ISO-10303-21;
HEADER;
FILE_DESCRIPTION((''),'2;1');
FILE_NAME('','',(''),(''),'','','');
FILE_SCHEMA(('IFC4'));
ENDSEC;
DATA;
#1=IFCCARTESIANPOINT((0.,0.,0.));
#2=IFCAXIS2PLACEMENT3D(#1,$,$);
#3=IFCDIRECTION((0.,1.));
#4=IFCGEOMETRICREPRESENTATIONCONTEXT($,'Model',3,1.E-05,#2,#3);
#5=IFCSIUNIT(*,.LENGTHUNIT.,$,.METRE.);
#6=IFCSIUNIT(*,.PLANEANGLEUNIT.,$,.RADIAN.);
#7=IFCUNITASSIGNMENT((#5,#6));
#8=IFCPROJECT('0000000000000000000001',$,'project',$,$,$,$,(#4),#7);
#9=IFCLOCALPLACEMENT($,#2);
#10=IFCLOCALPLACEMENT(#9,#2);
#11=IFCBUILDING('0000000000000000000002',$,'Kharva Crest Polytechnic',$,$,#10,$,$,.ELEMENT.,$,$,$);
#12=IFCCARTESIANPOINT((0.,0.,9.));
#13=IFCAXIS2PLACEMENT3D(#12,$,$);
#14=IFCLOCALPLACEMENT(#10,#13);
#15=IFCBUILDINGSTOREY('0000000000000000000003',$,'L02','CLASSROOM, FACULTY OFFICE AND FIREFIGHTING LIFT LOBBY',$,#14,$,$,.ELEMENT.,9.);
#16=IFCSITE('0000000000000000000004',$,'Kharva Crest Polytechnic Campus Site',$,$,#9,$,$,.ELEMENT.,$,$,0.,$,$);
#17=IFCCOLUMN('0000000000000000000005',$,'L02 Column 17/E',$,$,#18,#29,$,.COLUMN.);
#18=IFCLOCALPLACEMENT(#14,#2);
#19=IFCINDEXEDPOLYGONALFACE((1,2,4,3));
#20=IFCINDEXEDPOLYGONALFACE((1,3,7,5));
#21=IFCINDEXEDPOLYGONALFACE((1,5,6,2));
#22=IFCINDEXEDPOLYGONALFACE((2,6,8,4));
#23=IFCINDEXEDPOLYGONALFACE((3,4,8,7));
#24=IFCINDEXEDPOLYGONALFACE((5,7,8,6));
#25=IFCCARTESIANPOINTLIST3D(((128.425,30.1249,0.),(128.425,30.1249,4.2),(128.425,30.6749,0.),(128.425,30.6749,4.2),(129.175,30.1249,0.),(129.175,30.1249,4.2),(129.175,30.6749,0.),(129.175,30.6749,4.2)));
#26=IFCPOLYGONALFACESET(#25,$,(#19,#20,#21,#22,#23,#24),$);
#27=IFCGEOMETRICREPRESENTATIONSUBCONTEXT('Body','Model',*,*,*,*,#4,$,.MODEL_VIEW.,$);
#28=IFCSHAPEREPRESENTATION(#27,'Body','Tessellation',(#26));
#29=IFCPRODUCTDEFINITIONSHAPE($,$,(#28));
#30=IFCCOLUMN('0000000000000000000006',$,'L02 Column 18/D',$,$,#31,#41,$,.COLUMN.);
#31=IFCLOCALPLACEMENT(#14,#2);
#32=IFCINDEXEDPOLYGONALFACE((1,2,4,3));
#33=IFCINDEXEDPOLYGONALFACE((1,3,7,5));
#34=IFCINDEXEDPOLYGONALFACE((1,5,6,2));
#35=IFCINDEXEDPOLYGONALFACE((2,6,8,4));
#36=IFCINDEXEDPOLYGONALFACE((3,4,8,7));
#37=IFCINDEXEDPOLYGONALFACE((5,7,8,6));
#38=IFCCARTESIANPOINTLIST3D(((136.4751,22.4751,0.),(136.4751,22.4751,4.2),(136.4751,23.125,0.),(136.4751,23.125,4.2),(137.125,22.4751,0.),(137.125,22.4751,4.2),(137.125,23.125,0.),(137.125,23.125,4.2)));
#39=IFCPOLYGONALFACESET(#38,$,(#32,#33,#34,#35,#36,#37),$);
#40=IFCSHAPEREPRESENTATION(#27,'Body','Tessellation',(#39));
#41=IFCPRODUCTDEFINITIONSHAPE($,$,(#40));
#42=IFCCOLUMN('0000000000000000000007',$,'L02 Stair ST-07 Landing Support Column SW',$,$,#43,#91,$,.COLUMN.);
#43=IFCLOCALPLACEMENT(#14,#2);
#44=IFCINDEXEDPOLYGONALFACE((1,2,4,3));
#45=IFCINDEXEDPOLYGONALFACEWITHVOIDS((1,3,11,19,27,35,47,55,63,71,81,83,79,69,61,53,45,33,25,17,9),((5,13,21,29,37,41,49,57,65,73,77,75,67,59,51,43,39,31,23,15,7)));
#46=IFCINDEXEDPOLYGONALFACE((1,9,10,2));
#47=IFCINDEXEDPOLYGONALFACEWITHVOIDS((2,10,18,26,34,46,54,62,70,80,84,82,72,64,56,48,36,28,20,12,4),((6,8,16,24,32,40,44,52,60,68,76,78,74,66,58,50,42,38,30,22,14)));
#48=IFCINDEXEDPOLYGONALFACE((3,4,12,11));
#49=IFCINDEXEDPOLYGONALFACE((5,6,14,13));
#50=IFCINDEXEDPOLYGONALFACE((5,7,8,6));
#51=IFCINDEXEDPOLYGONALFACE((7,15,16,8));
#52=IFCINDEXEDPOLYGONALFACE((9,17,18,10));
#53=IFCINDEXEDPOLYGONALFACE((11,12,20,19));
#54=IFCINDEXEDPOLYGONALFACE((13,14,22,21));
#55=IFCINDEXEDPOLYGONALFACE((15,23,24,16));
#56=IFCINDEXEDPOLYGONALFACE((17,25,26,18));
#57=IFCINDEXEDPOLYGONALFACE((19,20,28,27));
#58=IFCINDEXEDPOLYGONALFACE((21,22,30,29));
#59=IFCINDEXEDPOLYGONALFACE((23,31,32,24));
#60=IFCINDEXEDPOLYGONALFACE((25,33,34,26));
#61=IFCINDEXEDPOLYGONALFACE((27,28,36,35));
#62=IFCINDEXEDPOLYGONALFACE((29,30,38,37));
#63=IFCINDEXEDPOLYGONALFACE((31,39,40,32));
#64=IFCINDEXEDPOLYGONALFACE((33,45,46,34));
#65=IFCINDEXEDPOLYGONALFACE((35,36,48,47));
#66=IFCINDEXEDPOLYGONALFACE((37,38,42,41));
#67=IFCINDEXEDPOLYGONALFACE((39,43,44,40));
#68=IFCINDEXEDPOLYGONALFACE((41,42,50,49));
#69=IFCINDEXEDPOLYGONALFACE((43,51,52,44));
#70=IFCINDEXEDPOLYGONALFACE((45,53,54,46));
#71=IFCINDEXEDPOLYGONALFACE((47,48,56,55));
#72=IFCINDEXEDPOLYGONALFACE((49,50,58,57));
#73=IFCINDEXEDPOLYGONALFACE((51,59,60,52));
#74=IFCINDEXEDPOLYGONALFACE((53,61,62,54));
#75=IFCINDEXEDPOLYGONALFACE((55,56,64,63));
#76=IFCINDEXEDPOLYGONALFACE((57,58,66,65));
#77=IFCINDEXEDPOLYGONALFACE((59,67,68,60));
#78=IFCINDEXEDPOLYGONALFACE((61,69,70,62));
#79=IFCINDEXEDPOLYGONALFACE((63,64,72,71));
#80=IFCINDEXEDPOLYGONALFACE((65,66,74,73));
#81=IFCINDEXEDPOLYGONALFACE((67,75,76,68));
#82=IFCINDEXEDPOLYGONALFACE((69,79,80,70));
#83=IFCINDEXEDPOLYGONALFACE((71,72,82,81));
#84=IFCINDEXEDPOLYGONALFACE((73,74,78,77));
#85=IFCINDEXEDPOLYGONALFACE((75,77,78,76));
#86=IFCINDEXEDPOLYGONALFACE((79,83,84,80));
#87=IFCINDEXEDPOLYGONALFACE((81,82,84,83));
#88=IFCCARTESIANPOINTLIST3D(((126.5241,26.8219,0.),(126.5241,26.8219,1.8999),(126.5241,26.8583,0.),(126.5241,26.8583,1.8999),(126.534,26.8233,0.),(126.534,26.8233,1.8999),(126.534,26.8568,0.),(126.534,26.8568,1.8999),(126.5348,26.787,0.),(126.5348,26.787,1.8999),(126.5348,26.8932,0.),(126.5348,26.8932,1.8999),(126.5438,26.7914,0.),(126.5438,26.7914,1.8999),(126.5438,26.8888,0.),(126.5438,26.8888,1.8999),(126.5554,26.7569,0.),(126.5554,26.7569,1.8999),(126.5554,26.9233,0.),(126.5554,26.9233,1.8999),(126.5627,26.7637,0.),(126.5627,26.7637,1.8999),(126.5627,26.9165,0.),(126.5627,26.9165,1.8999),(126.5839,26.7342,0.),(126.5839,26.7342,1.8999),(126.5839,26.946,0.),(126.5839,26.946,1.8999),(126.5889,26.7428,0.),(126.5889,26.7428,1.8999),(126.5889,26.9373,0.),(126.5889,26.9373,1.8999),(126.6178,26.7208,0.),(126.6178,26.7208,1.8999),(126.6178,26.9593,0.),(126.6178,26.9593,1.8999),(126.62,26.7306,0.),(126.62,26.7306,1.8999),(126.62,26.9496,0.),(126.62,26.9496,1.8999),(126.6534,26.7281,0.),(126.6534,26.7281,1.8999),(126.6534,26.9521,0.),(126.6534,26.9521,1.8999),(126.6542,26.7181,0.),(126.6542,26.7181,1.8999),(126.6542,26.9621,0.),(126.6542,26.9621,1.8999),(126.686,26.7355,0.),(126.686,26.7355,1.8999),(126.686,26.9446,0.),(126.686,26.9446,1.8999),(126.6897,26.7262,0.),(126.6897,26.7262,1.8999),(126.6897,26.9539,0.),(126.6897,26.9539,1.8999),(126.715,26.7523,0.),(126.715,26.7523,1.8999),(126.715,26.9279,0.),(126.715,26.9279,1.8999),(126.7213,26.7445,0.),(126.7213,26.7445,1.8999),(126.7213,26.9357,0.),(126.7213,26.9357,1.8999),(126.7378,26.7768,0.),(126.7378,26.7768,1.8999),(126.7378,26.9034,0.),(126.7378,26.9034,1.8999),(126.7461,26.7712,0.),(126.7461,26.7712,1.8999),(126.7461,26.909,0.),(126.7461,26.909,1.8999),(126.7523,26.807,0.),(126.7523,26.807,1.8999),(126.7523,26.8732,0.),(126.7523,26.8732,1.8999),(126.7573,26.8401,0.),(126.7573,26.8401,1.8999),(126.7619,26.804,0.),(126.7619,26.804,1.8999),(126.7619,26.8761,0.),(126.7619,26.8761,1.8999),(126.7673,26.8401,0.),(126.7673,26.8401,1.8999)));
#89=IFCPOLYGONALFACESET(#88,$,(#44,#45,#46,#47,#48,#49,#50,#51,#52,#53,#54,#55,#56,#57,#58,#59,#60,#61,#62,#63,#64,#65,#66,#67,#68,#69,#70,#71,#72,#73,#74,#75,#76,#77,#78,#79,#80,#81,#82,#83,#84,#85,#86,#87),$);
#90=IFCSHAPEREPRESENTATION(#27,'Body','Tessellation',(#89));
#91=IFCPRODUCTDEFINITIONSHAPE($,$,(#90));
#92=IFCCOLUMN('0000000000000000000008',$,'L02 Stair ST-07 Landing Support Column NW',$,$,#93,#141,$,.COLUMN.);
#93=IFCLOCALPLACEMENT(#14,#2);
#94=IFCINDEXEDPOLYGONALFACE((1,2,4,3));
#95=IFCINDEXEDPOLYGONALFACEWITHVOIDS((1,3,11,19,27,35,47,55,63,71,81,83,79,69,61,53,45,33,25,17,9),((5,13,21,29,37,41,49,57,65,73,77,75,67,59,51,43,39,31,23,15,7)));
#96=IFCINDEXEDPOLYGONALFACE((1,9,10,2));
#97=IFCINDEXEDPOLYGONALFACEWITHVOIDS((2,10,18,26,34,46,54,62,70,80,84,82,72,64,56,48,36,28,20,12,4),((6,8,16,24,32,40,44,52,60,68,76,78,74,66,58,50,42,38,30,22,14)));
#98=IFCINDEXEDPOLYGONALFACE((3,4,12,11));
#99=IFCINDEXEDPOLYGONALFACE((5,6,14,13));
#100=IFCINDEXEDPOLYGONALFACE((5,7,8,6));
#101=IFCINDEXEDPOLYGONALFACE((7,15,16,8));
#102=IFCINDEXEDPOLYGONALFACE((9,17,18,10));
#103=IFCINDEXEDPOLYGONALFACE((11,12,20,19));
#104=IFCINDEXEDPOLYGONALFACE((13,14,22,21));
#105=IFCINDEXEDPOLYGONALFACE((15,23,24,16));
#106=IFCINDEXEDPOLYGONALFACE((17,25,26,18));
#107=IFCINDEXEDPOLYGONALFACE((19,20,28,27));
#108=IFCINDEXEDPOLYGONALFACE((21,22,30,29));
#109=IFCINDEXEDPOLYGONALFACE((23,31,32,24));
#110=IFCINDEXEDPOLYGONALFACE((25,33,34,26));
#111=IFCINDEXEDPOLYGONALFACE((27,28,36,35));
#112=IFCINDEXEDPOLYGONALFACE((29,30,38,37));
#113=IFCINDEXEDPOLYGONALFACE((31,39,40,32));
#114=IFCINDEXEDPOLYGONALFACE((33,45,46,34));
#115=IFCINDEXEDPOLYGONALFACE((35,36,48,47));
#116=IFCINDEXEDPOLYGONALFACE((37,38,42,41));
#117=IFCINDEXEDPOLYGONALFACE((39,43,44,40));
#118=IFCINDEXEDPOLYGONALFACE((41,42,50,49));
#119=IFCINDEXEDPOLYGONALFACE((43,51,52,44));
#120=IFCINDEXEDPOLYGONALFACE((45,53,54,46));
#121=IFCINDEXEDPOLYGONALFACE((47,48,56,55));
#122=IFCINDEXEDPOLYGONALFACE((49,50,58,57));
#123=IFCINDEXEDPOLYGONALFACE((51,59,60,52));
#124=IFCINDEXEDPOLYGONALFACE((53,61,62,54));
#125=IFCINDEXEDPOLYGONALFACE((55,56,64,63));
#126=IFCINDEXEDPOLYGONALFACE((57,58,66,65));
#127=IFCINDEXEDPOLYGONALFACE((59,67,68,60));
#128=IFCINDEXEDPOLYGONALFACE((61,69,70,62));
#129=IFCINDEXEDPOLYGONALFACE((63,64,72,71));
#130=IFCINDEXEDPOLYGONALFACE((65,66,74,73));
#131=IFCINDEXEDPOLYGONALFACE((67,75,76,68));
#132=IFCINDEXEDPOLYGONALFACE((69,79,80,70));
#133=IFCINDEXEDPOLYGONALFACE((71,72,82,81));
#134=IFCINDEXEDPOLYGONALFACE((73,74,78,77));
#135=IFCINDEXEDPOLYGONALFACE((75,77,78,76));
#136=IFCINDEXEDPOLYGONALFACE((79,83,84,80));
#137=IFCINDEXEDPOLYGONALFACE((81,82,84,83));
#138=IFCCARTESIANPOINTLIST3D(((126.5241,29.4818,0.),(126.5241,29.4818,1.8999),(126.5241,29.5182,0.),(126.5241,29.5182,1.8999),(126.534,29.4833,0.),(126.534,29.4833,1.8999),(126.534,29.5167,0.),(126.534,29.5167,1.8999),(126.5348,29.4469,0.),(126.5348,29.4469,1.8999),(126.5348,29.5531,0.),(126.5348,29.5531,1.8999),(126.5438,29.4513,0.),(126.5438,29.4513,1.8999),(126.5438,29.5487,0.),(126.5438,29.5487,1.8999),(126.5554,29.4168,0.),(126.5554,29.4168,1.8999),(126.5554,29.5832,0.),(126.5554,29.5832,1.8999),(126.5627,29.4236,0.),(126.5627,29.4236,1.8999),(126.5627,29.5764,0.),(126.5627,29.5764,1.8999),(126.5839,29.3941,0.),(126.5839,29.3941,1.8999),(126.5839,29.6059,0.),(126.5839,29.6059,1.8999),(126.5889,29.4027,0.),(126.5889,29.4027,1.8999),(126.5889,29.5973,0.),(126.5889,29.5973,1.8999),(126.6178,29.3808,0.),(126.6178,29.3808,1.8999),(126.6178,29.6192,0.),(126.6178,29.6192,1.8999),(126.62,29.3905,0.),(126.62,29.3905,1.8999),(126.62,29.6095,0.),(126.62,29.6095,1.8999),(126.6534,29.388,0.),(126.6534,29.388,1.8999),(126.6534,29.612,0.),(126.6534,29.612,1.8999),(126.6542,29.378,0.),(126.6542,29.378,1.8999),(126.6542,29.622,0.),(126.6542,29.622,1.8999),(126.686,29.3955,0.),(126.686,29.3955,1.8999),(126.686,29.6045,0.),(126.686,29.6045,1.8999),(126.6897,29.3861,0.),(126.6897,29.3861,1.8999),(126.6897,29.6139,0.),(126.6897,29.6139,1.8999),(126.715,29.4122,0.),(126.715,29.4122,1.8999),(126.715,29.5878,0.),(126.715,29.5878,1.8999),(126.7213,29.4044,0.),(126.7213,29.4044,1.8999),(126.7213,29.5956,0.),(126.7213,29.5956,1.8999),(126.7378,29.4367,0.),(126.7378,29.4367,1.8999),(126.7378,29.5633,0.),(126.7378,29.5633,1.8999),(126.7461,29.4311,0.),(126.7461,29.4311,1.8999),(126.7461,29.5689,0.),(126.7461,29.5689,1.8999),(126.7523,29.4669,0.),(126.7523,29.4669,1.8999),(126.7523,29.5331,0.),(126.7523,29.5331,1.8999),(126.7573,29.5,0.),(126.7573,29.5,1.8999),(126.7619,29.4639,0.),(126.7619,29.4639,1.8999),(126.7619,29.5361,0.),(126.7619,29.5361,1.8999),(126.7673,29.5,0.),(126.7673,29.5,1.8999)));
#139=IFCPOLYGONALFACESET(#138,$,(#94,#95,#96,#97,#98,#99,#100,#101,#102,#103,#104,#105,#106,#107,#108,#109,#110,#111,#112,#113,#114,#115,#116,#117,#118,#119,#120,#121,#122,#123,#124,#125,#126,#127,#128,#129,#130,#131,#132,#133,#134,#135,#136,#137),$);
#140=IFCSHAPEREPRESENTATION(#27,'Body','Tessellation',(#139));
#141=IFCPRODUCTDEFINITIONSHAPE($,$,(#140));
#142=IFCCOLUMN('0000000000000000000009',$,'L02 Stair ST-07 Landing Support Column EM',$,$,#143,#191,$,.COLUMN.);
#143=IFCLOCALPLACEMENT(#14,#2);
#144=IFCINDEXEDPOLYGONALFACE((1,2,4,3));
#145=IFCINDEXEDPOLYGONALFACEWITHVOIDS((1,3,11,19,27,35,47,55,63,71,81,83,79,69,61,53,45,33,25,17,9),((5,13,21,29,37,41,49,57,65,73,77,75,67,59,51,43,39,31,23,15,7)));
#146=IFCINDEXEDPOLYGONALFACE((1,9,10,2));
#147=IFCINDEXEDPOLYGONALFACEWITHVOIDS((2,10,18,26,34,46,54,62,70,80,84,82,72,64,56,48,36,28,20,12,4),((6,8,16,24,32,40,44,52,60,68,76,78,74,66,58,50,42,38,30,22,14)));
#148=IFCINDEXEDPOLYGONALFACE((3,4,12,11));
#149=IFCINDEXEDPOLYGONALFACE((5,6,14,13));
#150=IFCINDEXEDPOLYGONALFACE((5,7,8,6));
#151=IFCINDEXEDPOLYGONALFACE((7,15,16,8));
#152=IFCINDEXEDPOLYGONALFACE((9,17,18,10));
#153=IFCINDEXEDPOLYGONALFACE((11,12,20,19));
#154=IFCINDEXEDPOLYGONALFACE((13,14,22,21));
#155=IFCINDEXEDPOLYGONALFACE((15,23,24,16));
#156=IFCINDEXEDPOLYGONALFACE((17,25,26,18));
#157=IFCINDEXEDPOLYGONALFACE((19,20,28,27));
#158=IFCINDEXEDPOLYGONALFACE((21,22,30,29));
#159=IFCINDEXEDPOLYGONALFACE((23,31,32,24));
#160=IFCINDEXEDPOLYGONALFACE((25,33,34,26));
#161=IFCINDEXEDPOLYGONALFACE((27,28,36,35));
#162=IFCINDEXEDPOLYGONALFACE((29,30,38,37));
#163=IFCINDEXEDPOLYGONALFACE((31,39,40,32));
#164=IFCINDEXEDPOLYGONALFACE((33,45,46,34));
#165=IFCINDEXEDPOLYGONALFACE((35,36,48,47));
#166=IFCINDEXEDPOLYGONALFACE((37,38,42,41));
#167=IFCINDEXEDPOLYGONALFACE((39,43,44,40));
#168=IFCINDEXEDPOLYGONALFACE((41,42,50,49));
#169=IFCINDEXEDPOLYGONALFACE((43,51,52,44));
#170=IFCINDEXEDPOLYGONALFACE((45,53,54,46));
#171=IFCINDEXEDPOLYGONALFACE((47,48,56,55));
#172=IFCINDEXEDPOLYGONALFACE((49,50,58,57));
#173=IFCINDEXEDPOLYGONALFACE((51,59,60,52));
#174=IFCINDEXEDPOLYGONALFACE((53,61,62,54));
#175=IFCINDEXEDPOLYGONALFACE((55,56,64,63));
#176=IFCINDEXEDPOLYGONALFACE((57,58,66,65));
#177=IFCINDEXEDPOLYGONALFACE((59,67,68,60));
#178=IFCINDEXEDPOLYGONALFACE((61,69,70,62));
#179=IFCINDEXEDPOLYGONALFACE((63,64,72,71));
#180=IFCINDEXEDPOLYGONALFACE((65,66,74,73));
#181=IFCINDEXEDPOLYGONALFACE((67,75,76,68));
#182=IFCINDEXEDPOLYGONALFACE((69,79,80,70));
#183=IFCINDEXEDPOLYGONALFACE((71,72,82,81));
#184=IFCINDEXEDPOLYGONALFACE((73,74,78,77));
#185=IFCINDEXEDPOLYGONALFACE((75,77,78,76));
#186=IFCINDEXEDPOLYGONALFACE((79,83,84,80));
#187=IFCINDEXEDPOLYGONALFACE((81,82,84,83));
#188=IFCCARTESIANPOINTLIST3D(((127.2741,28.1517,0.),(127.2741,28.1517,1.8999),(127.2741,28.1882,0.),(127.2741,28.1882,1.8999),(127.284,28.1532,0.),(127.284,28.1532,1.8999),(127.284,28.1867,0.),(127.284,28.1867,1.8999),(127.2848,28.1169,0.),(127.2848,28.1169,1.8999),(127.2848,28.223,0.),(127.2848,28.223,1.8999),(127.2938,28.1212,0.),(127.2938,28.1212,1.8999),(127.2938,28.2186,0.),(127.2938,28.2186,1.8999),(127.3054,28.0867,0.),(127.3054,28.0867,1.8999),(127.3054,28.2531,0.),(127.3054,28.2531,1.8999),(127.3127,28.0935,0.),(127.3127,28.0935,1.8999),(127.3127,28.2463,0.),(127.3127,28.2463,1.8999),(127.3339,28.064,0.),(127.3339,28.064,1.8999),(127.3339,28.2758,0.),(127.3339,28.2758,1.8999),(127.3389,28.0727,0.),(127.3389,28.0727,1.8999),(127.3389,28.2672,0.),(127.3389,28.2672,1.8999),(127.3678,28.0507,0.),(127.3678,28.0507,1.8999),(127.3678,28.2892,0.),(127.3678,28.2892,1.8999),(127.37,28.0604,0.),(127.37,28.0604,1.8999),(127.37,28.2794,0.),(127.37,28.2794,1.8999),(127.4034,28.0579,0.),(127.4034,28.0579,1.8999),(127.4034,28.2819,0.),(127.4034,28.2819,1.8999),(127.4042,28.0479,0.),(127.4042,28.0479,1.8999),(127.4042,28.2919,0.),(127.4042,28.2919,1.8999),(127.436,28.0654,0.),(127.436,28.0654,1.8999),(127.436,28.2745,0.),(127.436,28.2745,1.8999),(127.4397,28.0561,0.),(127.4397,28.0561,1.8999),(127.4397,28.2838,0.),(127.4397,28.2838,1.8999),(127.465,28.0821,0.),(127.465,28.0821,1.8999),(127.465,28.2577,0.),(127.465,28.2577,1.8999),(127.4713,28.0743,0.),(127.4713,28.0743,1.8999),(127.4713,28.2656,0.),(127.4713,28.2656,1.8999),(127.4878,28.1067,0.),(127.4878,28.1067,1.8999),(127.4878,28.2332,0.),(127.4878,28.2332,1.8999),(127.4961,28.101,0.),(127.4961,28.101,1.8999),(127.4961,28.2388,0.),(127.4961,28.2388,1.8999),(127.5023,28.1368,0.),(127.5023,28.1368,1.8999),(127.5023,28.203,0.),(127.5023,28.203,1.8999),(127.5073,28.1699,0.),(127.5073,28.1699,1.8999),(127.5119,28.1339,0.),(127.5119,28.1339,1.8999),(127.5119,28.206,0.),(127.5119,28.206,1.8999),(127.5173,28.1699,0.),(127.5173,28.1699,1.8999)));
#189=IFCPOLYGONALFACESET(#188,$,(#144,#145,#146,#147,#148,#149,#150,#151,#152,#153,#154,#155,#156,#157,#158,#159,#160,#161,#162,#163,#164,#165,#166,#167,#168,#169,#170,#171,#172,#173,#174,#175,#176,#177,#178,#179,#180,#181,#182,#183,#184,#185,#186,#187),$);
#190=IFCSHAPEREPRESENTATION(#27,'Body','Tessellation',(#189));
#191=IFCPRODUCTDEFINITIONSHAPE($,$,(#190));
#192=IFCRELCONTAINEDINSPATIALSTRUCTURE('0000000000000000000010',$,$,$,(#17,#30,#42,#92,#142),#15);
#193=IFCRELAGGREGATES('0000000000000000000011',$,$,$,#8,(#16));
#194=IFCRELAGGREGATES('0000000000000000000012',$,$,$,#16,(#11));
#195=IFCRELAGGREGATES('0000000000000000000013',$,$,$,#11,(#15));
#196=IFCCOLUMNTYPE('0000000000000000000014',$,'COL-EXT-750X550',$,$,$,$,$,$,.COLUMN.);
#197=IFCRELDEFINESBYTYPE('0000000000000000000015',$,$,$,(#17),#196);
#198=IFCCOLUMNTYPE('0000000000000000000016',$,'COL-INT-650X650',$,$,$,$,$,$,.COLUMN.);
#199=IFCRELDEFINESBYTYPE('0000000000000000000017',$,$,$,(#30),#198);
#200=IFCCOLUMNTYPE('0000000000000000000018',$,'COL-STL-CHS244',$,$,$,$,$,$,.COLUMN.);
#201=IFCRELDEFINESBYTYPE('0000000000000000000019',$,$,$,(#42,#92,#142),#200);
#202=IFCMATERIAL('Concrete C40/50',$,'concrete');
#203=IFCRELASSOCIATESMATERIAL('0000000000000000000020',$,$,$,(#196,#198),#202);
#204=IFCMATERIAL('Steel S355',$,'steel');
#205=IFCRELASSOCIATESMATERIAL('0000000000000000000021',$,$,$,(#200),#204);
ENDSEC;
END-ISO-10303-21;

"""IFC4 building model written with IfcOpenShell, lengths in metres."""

from ifc_helpers import new_model, si_unit, direction, frame, origin, origin_2d, place, context, subcontext, project, spatial, rectangle, hollow_circle, extrude, material, material_profile, profile_set, type_object, element, save


model = new_model("IFC4")

# Units and contexts
model_context = context("Model", 3, precision=1e-05, world=origin(), true_north=direction((0.0, 1.0)))
body_context = subcontext(model_context, "Body", "Model", "MODEL_VIEW")
ifc_project = project(units=[si_unit("LENGTHUNIT", "METRE"), si_unit("PLANEANGLEUNIT", "RADIAN")], contexts=[model_context])

# Site, building, storey
site_placement = place(None, origin())
site = spatial("IfcSite", under=ifc_project, at=site_placement, Name="Kharva Crest Polytechnic Campus Site", CompositionType="ELEMENT", RefElevation=0.0)
building_placement = place(site_placement, origin())
building = spatial("IfcBuilding", under=site, at=building_placement, Name="Kharva Crest Polytechnic", CompositionType="ELEMENT")
storey_placement = place(building_placement, frame((0.0, 0.0, 9.0)))
storey = spatial("IfcBuildingStorey", under=building, at=storey_placement, Name="L02", Description="CLASSROOM, FACULTY OFFICE AND FIREFIGHTING LIFT LOBBY", CompositionType="ELEMENT", Elevation=9.0)

# Columns
ifc_material_1 = material(Name="Concrete C40/50", Category="concrete")
ifc_material_profile_1 = material_profile(ifc_material_1, rectangle(XDim=0.75, YDim=0.55, at=origin_2d()), Name="RECT 750 X 550")
ifc_profile_set_1 = profile_set([ifc_material_profile_1], Name="Concrete C40/50")
column_type_1 = type_object("IfcColumnType", Name="COL-EXT-750X550", PredefinedType="COLUMN", material=ifc_profile_set_1)
column_1_placement = place(storey_placement, frame((128.8, 30.3999, 0.0), z_axis=(0.0, 0.0, 1.0), x_axis=(1.0, 0.0, 0.0)))
element("IfcColumn", 1, at=column_1_placement, inside=storey, type_object=column_type_1, Name="L02 Column 17/E", PredefinedType="COLUMN", context=body_context, shape_type="SweptSolid", body=[
    extrude(rectangle(XDim=0.75, YDim=0.55, at=origin_2d()), origin(), (0.0, 0.0, 1.0), 4.2),
])
ifc_material_profile_2 = material_profile(ifc_material_1, rectangle(XDim=0.6499, YDim=0.6499, at=origin_2d()), Name="RECT 650 X 650")
ifc_profile_set_2 = profile_set([ifc_material_profile_2], Name="Concrete C40/50")
column_type_2 = type_object("IfcColumnType", Name="COL-INT-650X650", PredefinedType="COLUMN", material=ifc_profile_set_2)
column_2_placement = place(storey_placement, frame((136.8, 22.8, 0.0), z_axis=(0.0, 0.0, 1.0), x_axis=(1.0, 0.0, 0.0)))
element("IfcColumn", 2, at=column_2_placement, inside=storey, type_object=column_type_2, Name="L02 Column 18/D", PredefinedType="COLUMN", context=body_context, shape_type="SweptSolid", body=[
    extrude(rectangle(XDim=0.6499, YDim=0.6499, at=origin_2d()), origin(), (0.0, 0.0, 1.0), 4.2),
])
ifc_material_2 = material(Name="Steel S355", Category="steel")
ifc_material_profile_3 = material_profile(ifc_material_2, hollow_circle(Radius=0.1223, WallThickness=0.01, at=origin_2d()), Name="CHS 244.5X10.0")
ifc_profile_set_3 = profile_set([ifc_material_profile_3], Name="Steel S355")
column_type_3 = type_object("IfcColumnType", Name="COL-STL-CHS244", PredefinedType="COLUMN", material=ifc_profile_set_3)
for number, where, z_axis, x_axis, name in (
    (3, (126.645, 26.8401, 0.0), (0.0, 0.0, 1.0), (1.0, 0.0, 0.0), "L02 Stair ST-07 Landing Support Column SW"),
    (4, (126.645, 29.5, 0.0), (0.0, 0.0, 1.0), (1.0, 0.0, 0.0), "L02 Stair ST-07 Landing Support Column NW"),
    (5, (127.395, 28.1699, 0.0), (0.0, 0.0, 1.0), (1.0, 0.0, 0.0), "L02 Stair ST-07 Landing Support Column EM"),
):
    element("IfcColumn", number, at=place(storey_placement, frame(where, z_axis=z_axis, x_axis=x_axis)), inside=storey, type_object=column_type_3, Name=name, PredefinedType="COLUMN", context=body_context, shape_type="SweptSolid", body=[
        extrude(hollow_circle(Radius=0.1223, WallThickness=0.01, at=origin_2d()), origin(), (0.0, 0.0, 1.0), 1.8999),
    ])

save(model, "model.ifc")
